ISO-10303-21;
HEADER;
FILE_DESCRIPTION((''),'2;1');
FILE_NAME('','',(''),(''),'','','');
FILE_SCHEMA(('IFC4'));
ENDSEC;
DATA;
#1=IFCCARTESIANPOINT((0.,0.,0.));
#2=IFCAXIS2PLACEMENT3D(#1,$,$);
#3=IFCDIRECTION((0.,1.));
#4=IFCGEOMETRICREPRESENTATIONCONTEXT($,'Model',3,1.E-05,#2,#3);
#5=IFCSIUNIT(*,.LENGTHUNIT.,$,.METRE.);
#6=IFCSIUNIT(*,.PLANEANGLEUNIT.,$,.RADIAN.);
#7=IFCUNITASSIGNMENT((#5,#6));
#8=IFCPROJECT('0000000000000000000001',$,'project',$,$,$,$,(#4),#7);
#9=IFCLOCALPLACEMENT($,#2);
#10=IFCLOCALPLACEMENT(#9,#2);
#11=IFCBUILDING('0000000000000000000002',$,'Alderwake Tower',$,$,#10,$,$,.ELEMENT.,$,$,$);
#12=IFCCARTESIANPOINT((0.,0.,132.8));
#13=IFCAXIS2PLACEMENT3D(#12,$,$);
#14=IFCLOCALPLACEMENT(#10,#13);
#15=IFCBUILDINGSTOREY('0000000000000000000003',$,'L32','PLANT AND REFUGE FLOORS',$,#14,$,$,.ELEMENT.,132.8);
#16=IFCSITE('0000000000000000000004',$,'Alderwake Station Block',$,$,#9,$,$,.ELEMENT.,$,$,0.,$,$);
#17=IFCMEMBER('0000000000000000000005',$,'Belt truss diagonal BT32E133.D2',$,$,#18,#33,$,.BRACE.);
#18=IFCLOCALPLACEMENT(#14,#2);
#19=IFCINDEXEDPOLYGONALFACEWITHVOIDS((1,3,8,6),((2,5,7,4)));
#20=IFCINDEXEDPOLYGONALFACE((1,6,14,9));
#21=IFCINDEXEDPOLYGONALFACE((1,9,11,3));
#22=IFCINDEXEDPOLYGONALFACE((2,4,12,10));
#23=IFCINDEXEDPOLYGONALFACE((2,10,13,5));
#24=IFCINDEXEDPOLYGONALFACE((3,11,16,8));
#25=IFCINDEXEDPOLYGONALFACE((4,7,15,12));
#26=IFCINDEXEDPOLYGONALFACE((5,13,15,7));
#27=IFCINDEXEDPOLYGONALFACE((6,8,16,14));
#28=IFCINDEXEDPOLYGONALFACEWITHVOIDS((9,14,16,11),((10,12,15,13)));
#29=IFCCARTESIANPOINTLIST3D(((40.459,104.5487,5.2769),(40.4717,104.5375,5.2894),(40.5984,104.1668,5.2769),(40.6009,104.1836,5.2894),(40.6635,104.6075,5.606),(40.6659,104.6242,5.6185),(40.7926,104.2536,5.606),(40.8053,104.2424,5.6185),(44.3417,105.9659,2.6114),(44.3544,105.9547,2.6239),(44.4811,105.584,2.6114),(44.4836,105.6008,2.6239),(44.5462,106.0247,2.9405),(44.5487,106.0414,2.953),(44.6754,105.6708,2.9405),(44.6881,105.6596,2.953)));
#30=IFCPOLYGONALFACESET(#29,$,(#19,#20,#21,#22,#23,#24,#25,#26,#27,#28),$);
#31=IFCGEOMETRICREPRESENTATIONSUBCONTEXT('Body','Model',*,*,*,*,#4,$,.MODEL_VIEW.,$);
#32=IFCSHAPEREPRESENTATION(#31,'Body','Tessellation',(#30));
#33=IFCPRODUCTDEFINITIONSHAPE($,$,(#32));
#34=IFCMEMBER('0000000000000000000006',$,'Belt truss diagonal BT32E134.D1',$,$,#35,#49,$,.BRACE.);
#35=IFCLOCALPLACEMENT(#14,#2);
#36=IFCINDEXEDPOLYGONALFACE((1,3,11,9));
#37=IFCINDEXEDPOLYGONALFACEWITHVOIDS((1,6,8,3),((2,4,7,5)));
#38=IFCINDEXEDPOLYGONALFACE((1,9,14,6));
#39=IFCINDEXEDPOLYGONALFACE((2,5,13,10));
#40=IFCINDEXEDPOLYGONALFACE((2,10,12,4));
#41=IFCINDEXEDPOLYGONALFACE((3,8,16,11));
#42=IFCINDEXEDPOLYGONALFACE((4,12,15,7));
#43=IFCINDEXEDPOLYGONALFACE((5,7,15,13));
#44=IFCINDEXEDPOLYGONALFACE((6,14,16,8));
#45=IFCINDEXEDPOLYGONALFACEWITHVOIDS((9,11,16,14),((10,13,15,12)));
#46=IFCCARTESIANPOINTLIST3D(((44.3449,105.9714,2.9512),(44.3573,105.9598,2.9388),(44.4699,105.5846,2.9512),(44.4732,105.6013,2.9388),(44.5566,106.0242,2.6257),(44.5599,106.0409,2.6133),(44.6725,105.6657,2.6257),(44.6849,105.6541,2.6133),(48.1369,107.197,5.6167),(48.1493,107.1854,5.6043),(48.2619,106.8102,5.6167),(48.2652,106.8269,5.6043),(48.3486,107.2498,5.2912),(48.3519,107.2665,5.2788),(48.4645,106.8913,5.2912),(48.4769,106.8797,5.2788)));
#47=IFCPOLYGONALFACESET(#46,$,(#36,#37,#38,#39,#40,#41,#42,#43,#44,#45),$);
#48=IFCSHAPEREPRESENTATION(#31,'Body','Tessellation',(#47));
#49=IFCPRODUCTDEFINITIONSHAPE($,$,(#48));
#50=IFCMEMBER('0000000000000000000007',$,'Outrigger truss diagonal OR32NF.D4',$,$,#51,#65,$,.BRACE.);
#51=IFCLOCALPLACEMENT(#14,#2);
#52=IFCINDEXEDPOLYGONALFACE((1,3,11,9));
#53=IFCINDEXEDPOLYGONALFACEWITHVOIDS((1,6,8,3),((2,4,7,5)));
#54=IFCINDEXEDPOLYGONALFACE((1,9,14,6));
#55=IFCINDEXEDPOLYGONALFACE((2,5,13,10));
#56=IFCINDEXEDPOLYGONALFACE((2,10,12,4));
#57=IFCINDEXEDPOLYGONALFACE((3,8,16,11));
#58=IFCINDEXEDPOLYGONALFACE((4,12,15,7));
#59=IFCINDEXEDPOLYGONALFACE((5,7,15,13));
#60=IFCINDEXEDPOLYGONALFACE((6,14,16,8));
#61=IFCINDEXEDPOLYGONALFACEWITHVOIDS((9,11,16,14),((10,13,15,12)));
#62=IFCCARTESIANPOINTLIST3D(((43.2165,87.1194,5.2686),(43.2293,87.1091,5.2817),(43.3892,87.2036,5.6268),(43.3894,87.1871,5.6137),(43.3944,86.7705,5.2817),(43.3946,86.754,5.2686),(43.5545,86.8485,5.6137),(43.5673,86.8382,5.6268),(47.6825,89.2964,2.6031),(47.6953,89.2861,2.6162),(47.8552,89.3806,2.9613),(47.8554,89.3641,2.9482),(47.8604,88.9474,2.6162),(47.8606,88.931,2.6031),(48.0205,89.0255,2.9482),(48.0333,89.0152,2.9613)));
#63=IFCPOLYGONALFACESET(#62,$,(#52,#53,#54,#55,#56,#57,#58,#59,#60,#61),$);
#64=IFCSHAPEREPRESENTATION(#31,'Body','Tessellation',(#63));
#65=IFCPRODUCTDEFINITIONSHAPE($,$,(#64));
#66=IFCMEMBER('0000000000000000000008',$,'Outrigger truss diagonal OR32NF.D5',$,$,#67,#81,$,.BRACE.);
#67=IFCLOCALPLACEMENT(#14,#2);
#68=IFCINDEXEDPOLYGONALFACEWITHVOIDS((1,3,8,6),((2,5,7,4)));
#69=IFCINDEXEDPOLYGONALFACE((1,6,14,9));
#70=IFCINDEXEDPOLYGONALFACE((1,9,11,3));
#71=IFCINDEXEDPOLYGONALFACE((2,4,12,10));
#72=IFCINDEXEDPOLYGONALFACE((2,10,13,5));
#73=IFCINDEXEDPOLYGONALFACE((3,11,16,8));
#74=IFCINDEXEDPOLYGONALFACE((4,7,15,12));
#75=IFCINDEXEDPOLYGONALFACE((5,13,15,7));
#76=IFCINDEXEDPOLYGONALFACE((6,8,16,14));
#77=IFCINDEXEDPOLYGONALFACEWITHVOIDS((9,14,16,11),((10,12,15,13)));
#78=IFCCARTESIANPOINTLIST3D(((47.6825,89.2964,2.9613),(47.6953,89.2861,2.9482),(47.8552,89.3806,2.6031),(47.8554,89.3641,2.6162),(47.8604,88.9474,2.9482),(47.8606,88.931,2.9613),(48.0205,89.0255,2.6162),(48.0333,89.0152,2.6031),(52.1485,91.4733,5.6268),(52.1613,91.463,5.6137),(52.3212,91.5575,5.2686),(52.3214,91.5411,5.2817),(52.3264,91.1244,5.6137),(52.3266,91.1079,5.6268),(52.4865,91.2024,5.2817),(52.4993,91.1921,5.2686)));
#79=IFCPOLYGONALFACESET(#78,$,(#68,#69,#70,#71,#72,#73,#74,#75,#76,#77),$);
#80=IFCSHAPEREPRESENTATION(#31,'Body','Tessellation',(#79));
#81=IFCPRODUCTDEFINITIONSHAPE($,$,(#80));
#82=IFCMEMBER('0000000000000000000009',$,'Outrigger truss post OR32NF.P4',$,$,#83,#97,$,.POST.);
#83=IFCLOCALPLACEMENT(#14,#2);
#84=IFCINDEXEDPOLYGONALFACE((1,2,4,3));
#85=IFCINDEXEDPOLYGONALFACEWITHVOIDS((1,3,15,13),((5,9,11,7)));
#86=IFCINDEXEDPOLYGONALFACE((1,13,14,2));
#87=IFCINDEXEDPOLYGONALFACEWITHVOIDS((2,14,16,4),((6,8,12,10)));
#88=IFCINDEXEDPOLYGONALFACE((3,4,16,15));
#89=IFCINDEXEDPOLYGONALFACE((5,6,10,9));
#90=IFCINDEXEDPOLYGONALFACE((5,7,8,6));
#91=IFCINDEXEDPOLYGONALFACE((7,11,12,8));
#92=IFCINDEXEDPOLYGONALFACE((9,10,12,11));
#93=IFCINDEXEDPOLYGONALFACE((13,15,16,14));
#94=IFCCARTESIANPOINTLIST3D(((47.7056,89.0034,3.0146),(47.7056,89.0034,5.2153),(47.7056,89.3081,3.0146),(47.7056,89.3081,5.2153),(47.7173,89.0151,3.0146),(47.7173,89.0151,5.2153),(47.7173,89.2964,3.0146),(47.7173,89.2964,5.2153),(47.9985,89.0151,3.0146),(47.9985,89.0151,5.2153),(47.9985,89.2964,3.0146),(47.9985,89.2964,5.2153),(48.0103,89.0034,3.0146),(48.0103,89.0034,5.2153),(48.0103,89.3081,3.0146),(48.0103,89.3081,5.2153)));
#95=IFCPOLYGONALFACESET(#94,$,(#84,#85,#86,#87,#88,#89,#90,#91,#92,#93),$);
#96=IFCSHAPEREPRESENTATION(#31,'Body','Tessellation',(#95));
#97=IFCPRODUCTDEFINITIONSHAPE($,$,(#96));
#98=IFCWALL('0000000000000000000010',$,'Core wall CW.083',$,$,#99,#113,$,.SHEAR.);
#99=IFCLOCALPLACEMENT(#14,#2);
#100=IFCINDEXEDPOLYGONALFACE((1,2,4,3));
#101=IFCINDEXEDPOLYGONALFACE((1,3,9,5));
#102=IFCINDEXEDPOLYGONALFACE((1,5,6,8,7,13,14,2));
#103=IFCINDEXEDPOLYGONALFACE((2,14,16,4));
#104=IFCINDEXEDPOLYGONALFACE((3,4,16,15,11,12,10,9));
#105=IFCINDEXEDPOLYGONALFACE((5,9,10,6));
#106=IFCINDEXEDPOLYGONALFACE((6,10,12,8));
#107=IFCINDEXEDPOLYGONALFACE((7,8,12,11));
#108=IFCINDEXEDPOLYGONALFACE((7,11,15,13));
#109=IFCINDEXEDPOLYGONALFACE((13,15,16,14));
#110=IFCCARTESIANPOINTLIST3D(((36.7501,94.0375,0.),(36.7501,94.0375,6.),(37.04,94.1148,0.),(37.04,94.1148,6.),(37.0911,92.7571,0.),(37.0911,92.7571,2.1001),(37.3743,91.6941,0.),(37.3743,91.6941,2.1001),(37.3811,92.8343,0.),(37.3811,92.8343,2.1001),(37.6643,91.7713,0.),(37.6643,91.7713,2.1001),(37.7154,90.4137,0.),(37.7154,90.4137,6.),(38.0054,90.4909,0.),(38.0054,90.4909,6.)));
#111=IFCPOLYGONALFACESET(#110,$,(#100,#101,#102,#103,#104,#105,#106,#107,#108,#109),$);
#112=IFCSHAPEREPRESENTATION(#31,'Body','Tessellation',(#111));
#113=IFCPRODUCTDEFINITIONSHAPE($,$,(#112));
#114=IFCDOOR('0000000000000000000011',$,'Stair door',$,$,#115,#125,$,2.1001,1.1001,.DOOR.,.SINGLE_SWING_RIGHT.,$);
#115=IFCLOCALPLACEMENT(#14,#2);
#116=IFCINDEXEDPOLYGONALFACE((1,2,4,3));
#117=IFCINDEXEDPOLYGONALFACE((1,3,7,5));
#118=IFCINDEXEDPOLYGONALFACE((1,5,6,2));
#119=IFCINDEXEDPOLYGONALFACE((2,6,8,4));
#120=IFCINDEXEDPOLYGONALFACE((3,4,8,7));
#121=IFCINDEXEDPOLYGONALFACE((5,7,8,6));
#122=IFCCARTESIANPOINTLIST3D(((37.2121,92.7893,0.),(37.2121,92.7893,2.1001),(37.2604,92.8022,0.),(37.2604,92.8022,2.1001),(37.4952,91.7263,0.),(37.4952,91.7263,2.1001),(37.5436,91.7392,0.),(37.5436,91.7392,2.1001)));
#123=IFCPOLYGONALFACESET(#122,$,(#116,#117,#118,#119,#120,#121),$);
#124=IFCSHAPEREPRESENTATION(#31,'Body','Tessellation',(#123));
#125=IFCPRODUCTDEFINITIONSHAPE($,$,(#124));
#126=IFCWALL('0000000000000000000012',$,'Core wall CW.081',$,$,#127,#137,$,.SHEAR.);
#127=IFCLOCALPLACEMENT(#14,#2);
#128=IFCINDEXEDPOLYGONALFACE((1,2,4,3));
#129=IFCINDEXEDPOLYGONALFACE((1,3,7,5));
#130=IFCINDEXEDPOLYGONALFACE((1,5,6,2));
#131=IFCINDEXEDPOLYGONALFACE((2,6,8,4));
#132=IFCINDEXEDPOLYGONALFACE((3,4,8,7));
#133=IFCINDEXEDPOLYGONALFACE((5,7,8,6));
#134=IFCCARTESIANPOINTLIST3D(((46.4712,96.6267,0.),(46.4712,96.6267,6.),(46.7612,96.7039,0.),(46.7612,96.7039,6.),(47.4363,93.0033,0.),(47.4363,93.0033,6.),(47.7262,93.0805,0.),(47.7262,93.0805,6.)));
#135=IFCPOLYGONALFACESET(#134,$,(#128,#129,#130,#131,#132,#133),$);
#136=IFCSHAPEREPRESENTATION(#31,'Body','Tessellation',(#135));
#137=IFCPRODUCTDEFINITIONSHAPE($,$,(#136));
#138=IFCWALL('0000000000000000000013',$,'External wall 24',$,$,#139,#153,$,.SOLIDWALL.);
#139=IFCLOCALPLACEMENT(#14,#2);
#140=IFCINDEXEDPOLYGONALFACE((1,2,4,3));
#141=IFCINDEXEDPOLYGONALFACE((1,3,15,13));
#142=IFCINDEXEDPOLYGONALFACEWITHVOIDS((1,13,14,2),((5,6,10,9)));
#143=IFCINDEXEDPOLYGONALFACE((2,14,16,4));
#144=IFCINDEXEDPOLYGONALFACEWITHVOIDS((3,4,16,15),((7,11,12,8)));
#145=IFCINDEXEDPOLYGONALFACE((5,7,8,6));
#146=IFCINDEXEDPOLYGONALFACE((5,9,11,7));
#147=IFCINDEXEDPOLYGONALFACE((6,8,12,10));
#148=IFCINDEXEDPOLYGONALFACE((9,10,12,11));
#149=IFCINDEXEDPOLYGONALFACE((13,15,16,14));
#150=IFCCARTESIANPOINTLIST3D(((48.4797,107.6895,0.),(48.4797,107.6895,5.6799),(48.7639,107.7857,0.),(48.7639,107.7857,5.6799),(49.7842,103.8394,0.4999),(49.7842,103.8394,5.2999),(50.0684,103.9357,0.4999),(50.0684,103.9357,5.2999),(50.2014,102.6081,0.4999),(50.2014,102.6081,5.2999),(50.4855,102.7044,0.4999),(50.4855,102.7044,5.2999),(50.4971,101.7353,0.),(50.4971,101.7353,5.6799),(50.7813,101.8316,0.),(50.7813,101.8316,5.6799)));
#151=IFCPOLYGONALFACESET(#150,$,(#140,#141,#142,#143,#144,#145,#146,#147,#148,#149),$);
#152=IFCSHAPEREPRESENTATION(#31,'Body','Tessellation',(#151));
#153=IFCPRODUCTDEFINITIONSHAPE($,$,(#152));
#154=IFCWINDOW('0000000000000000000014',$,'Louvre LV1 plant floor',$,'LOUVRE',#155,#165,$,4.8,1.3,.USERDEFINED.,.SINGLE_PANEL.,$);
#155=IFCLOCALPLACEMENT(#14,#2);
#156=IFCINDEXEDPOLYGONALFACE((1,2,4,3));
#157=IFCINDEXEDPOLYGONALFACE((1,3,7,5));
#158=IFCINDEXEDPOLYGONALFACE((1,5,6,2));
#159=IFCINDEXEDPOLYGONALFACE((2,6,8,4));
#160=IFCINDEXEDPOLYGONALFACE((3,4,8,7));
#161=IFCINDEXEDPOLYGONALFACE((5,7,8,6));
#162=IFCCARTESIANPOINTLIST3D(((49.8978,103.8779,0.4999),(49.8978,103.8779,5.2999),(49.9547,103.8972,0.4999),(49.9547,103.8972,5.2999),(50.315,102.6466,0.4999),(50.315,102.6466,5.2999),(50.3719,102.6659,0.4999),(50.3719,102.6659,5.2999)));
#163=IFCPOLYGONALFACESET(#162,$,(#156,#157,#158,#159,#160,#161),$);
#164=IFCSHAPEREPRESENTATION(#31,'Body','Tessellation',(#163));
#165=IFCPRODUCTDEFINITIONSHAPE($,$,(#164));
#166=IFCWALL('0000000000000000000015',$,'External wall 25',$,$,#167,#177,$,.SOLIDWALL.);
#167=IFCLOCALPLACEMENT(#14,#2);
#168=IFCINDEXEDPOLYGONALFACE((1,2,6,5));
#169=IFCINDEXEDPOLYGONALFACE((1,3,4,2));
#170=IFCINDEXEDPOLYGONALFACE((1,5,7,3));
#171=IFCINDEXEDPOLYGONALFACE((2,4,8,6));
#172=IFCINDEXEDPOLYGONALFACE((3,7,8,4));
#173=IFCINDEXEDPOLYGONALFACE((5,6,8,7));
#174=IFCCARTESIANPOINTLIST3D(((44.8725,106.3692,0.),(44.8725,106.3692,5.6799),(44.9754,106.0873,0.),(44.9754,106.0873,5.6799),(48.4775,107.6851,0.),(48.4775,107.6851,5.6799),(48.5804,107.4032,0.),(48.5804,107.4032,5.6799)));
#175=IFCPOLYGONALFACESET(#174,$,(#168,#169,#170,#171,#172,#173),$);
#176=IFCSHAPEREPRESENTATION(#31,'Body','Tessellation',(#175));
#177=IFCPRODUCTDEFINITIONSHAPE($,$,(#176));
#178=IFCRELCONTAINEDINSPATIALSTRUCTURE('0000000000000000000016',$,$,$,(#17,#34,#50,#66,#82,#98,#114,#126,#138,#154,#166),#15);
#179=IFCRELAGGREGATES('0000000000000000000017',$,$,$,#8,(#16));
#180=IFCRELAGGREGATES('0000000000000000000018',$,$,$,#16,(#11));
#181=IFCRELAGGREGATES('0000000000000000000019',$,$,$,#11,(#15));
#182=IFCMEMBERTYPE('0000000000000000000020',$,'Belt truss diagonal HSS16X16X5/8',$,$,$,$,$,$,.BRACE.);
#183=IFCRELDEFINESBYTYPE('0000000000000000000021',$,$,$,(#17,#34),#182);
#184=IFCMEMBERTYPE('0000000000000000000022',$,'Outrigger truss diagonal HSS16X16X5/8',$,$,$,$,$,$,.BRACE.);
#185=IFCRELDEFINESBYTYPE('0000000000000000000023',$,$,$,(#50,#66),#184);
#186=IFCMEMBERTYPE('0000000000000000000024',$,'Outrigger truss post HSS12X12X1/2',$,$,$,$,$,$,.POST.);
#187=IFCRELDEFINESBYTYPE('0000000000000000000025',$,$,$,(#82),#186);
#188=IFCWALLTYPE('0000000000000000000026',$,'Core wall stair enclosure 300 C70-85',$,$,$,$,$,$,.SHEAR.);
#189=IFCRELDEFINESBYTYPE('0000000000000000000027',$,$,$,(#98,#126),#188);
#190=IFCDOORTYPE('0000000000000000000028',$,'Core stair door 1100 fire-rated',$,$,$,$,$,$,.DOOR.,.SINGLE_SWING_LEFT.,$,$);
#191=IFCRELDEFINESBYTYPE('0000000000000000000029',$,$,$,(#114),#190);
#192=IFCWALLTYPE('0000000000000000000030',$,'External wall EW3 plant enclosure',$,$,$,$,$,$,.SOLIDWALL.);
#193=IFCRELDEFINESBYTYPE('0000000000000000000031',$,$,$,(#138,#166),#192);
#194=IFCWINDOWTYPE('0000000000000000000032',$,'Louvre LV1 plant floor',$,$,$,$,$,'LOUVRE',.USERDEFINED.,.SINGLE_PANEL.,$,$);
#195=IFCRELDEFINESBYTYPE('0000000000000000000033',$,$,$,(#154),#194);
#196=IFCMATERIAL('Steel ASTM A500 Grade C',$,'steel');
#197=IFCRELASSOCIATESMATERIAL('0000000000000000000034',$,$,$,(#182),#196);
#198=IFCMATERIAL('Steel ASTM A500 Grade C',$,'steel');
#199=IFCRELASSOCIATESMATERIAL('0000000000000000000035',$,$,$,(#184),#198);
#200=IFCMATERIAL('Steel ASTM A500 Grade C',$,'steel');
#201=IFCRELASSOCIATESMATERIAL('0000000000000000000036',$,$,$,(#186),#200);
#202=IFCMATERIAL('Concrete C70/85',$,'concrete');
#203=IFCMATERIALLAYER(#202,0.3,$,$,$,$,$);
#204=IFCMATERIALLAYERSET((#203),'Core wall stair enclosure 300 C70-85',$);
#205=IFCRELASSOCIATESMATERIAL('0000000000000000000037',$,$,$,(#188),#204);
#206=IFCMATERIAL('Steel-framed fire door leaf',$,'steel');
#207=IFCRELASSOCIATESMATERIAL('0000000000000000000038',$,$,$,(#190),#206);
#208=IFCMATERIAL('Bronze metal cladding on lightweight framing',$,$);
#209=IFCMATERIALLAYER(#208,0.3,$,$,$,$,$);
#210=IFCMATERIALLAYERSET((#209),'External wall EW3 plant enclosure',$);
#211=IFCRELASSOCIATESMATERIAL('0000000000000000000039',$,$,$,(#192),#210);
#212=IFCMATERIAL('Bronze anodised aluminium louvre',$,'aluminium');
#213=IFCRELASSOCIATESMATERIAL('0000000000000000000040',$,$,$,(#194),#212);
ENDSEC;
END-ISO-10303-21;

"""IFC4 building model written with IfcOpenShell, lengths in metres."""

from ifc_helpers import new_model, si_unit, direction, frame, frame_2d, origin, origin_2d, place, context, subcontext, project, spatial, rectangle, hollow_rectangle, extrude, material, layer, layer_set, material_profile, profile_set, type_object, element, fill, save


model = new_model("IFC4")

# Units and contexts
model_context = context("Model", 3, precision=1e-05, world=origin(), true_north=direction((0.0, 1.0)))
body_context = subcontext(model_context, "Body", "Model", "MODEL_VIEW")
ifc_project = project(units=[si_unit("LENGTHUNIT", "METRE"), si_unit("PLANEANGLEUNIT", "RADIAN")], contexts=[model_context])

# Site, building, storey
site_placement = place(None, origin())
site = spatial("IfcSite", under=ifc_project, at=site_placement, Name="Alderwake Station Block", CompositionType="ELEMENT", RefElevation=0.0)
building_placement = place(site_placement, origin())
building = spatial("IfcBuilding", under=site, at=building_placement, Name="Alderwake Tower", CompositionType="ELEMENT")
storey_placement = place(building_placement, frame((0.0, 0.0, 132.8)))
storey = spatial("IfcBuildingStorey", under=building, at=storey_placement, Name="L32", Description="PLANT AND REFUGE FLOORS", CompositionType="ELEMENT", Elevation=132.8)

# Members
ifc_material_1 = material(Name="Steel ASTM A500 Grade C", Category="steel")
ifc_material_profile_1 = material_profile(ifc_material_1, hollow_rectangle(XDim=0.4065, YDim=0.4065, WallThickness=0.0149, at=origin_2d()), Name="HSS16X16X5/8")
ifc_profile_set_1 = profile_set([ifc_material_profile_1], Name="Steel ASTM A500 Grade C")
member_type_1 = type_object("IfcMemberType", Name="Belt truss diagonal HSS16X16X5/8", PredefinedType="BRACE", material=ifc_profile_set_1)
member_1_placement = place(storey_placement, frame((44.5149, 105.8127, 2.7822), z_axis=(-0.78946, -0.288155, 0.541959), x_axis=(0.342876, -0.939381, 0.0)))
element("IfcMember", 1, at=member_1_placement, inside=storey, type_object=member_type_1, Name="Belt truss diagonal BT32E133.D2", PredefinedType="BRACE", context=body_context, shape_type="SweptSolid", body=[
    extrude(hollow_rectangle(XDim=0.4065, YDim=0.4065, WallThickness=0.0149, at=origin_2d()), origin(), (0.0, 0.0, 1.0), 4.9182),
])
member_2_placement = place(storey_placement, frame((44.5149, 105.8127, 2.7822), z_axis=(0.790921, 0.255628, 0.555966), x_axis=(-0.30754, 0.951535, 0.0)))
element("IfcMember", 2, at=member_2_placement, inside=storey, type_object=member_type_1, Name="Belt truss diagonal BT32E134.D1", PredefinedType="BRACE", context=body_context, shape_type="SweptSolid", body=[
    extrude(hollow_rectangle(XDim=0.4065, YDim=0.4065, WallThickness=0.0149, at=origin_2d()), origin(), (0.0, 0.0, 1.0), 4.7944),
])
ifc_material_2 = material(Name="Steel ASTM A500 Grade C", Category="steel")
ifc_material_profile_2 = material_profile(ifc_material_2, hollow_rectangle(XDim=0.4065, YDim=0.4065, WallThickness=0.0149, at=origin_2d()), Name="HSS16X16X5/8")
ifc_profile_set_2 = profile_set([ifc_material_profile_2], Name="Steel ASTM A500 Grade C")
member_type_2 = type_object("IfcMemberType", Name="Outrigger truss diagonal HSS16X16X5/8", PredefinedType="BRACE", material=ifc_profile_set_2)
for number, where, z_axis, x_axis, name in (
    (3, (47.8579, 89.1558, 2.7822), (-0.792098, -0.386112, 0.472756), (0.438169, -0.898893, 0.0), "Outrigger truss diagonal OR32NF.D4"),
    (4, (47.8579, 89.1558, 2.7822), (0.792098, 0.386112, 0.472756), (-0.438169, 0.898893, 0.0), "Outrigger truss diagonal OR32NF.D5"),
):
    element("IfcMember", number, at=place(storey_placement, frame(where, z_axis=z_axis, x_axis=x_axis)), inside=storey, type_object=member_type_2, Name=name, PredefinedType="BRACE", context=body_context, shape_type="SweptSolid", body=[
        extrude(hollow_rectangle(XDim=0.4065, YDim=0.4065, WallThickness=0.0149, at=origin_2d()), origin(), (0.0, 0.0, 1.0), 5.6382),
    ])
ifc_material_3 = material(Name="Steel ASTM A500 Grade C", Category="steel")
ifc_material_profile_3 = material_profile(ifc_material_3, hollow_rectangle(XDim=0.3047, YDim=0.3047, WallThickness=0.0117, at=origin_2d()), Name="HSS12X12X1/2")
ifc_profile_set_3 = profile_set([ifc_material_profile_3], Name="Steel ASTM A500 Grade C")
member_type_3 = type_object("IfcMemberType", Name="Outrigger truss post HSS12X12X1/2", PredefinedType="POST", material=ifc_profile_set_3)
member_3_placement = place(storey_placement, frame((47.8579, 89.1558, 3.0146), z_axis=(0.0, 0.0, 1.0), x_axis=(1.0, 0.0, 0.0)))
element("IfcMember", 5, at=member_3_placement, inside=storey, type_object=member_type_3, Name="Outrigger truss post OR32NF.P4", PredefinedType="POST", context=body_context, shape_type="SweptSolid", body=[
    extrude(hollow_rectangle(XDim=0.3047, YDim=0.3047, WallThickness=0.0117, at=origin_2d()), origin(), (0.0, 0.0, 1.0), 2.2007),
])

# Wall, opening, door
ifc_material_4 = material(Name="Concrete C70/85", Category="concrete")
ifc_layer_1 = layer(ifc_material_4, 0.3)
ifc_layer_set_1 = layer_set([ifc_layer_1], Name="Core wall stair enclosure 300 C70-85")
wall_type_1 = type_object("IfcWallType", Name="Core wall stair enclosure 300 C70-85", PredefinedType="SHEAR", material=ifc_layer_set_1)
wall_1_placement = place(storey_placement, frame((37.8604, 90.4524, 0.0), z_axis=(0.0, 0.0, 1.0), x_axis=(-0.257411, 0.966302, 0.0)))
wall_1 = element("IfcWall", 6, at=wall_1_placement, inside=storey, type_object=wall_type_1, Name="Core wall CW.083", PredefinedType="SHEAR", context=body_context, shape_type="SweptSolid", body=[
    extrude(rectangle(XDim=3.7502, YDim=0.3, at=frame_2d((1.875, 0.0))), origin(), (0.0, 0.0, 1.0), 6.0),
])
opening_1_placement = place(wall_1_placement, frame((1.325, 0.0, 0.0)))
opening_1 = element("IfcOpeningElement", 7, at=opening_1_placement, cuts=wall_1, PredefinedType="OPENING", context=body_context, shape_type="SweptSolid", body=[
    extrude(rectangle(XDim=1.1001, YDim=2.1001, at=frame_2d((0.55, 1.05))), frame((0.0, 0.1599, 0.0), z_axis=(0.0, -1.0, 0.0), x_axis=(1.0, 0.0, 0.0)), (0.0, 0.0, 1.0), 0.3201),
])
ifc_material_5 = material(Name="Steel-framed fire door leaf", Category="steel")
door_type = type_object("IfcDoorType", Name="Core stair door 1100 fire-rated", OperationType="SINGLE_SWING_LEFT", PredefinedType="DOOR", material=ifc_material_5)
door_placement = place(opening_1_placement, origin())
door = element("IfcDoor", 8, at=door_placement, inside=storey, type_object=door_type, Name="Stair door", OperationType="SINGLE_SWING_RIGHT", OverallHeight=2.1001, OverallWidth=1.1001, PredefinedType="DOOR", context=body_context, shape_type="SweptSolid", body=[
    extrude(rectangle(XDim=1.1001, YDim=2.1001, at=frame_2d((0.55, 1.05))), frame((0.0, 0.0249, 0.0), z_axis=(0.0, -1.0, 0.0), x_axis=(1.0, 0.0, 0.0)), (0.0, 0.0, 1.0), 0.05),
])
fill(opening_1, door)

# Wall
wall_2_placement = place(storey_placement, frame((47.5813, 93.0417, 0.0), z_axis=(0.0, 0.0, 1.0), x_axis=(-0.257367, 0.966314, 0.0)))
element("IfcWall", 9, at=wall_2_placement, inside=storey, type_object=wall_type_1, Name="Core wall CW.081", PredefinedType="SHEAR", context=body_context, shape_type="SweptSolid", body=[
    extrude(rectangle(XDim=3.7498, YDim=0.3, at=frame_2d((1.875, 0.0))), origin(), (0.0, 0.0, 1.0), 6.0),
])

# Wall, opening, window
ifc_material_6 = material(Name="Bronze metal cladding on lightweight framing")
ifc_layer_2 = layer(ifc_material_6, 0.3)
ifc_layer_set_2 = layer_set([ifc_layer_2], Name="External wall EW3 plant enclosure")
wall_type_2 = type_object("IfcWallType", Name="External wall EW3 plant enclosure", PredefinedType="SOLIDWALL", material=ifc_layer_set_2)
wall_3_placement = place(storey_placement, frame((50.6392, 101.7834, 0.0), z_axis=(0.0, 0.0, 1.0), x_axis=(-0.320896, 0.947115, 0.0)))
wall_3 = element("IfcWall", 10, at=wall_3_placement, inside=storey, type_object=wall_type_2, Name="External wall 24", PredefinedType="SOLIDWALL", context=body_context, shape_type="SweptSolid", body=[
    extrude(rectangle(XDim=6.2866, YDim=0.3, at=frame_2d((3.1433, 0.0))), origin(), (0.0, 0.0, 1.0), 5.6799),
])
opening_2_placement = place(wall_3_placement, frame((0.9216, 0.0, 0.5)))
opening_2 = element("IfcOpeningElement", 11, at=opening_2_placement, cuts=wall_3, PredefinedType="OPENING", context=body_context, shape_type="SweptSolid", body=[
    extrude(rectangle(XDim=1.3, YDim=4.8, at=frame_2d((0.6499, 2.3999))), frame((0.0, 0.1599, 0.0), z_axis=(0.0, -1.0, 0.0), x_axis=(1.0, 0.0, 0.0)), (0.0, 0.0, 1.0), 0.3201),
])
ifc_material_7 = material(Name="Bronze anodised aluminium louvre", Category="aluminium")
window_type = type_object("IfcWindowType", Name="Louvre LV1 plant floor", ElementType="LOUVRE", PartitioningType="SINGLE_PANEL", PredefinedType="USERDEFINED", material=ifc_material_7)
window_placement = place(opening_2_placement, origin())
window = element("IfcWindow", 12, at=window_placement, inside=storey, type_object=window_type, Name="Louvre LV1 plant floor", ObjectType="LOUVRE", OverallHeight=4.8, OverallWidth=1.3, PartitioningType="SINGLE_PANEL", PredefinedType="USERDEFINED", context=body_context, shape_type="SweptSolid", body=[
    extrude(rectangle(XDim=1.3, YDim=4.8, at=frame_2d((0.6499, 2.3999))), frame((0.0, 0.03, 0.0), z_axis=(0.0, -1.0, 0.0), x_axis=(1.0, 0.0, 0.0)), (0.0, 0.0, 1.0), 0.0601),
])
fill(opening_2, window)

# Wall
wall_4_placement = place(storey_placement, frame((48.5291, 107.5442, 0.0), z_axis=(0.0, 0.0, 1.0), x_axis=(-0.939373, -0.342897, 0.0)))
element("IfcWall", 13, at=wall_4_placement, inside=storey, type_object=wall_type_2, Name="External wall 25", PredefinedType="SOLIDWALL", context=body_context, shape_type="SweptSolid", body=[
    extrude(rectangle(XDim=3.8376, YDim=0.3, at=frame_2d((1.9189, 0.0))), origin(), (0.0, 0.0, 1.0), 5.6799),
])

save(model, "model.ifc")
